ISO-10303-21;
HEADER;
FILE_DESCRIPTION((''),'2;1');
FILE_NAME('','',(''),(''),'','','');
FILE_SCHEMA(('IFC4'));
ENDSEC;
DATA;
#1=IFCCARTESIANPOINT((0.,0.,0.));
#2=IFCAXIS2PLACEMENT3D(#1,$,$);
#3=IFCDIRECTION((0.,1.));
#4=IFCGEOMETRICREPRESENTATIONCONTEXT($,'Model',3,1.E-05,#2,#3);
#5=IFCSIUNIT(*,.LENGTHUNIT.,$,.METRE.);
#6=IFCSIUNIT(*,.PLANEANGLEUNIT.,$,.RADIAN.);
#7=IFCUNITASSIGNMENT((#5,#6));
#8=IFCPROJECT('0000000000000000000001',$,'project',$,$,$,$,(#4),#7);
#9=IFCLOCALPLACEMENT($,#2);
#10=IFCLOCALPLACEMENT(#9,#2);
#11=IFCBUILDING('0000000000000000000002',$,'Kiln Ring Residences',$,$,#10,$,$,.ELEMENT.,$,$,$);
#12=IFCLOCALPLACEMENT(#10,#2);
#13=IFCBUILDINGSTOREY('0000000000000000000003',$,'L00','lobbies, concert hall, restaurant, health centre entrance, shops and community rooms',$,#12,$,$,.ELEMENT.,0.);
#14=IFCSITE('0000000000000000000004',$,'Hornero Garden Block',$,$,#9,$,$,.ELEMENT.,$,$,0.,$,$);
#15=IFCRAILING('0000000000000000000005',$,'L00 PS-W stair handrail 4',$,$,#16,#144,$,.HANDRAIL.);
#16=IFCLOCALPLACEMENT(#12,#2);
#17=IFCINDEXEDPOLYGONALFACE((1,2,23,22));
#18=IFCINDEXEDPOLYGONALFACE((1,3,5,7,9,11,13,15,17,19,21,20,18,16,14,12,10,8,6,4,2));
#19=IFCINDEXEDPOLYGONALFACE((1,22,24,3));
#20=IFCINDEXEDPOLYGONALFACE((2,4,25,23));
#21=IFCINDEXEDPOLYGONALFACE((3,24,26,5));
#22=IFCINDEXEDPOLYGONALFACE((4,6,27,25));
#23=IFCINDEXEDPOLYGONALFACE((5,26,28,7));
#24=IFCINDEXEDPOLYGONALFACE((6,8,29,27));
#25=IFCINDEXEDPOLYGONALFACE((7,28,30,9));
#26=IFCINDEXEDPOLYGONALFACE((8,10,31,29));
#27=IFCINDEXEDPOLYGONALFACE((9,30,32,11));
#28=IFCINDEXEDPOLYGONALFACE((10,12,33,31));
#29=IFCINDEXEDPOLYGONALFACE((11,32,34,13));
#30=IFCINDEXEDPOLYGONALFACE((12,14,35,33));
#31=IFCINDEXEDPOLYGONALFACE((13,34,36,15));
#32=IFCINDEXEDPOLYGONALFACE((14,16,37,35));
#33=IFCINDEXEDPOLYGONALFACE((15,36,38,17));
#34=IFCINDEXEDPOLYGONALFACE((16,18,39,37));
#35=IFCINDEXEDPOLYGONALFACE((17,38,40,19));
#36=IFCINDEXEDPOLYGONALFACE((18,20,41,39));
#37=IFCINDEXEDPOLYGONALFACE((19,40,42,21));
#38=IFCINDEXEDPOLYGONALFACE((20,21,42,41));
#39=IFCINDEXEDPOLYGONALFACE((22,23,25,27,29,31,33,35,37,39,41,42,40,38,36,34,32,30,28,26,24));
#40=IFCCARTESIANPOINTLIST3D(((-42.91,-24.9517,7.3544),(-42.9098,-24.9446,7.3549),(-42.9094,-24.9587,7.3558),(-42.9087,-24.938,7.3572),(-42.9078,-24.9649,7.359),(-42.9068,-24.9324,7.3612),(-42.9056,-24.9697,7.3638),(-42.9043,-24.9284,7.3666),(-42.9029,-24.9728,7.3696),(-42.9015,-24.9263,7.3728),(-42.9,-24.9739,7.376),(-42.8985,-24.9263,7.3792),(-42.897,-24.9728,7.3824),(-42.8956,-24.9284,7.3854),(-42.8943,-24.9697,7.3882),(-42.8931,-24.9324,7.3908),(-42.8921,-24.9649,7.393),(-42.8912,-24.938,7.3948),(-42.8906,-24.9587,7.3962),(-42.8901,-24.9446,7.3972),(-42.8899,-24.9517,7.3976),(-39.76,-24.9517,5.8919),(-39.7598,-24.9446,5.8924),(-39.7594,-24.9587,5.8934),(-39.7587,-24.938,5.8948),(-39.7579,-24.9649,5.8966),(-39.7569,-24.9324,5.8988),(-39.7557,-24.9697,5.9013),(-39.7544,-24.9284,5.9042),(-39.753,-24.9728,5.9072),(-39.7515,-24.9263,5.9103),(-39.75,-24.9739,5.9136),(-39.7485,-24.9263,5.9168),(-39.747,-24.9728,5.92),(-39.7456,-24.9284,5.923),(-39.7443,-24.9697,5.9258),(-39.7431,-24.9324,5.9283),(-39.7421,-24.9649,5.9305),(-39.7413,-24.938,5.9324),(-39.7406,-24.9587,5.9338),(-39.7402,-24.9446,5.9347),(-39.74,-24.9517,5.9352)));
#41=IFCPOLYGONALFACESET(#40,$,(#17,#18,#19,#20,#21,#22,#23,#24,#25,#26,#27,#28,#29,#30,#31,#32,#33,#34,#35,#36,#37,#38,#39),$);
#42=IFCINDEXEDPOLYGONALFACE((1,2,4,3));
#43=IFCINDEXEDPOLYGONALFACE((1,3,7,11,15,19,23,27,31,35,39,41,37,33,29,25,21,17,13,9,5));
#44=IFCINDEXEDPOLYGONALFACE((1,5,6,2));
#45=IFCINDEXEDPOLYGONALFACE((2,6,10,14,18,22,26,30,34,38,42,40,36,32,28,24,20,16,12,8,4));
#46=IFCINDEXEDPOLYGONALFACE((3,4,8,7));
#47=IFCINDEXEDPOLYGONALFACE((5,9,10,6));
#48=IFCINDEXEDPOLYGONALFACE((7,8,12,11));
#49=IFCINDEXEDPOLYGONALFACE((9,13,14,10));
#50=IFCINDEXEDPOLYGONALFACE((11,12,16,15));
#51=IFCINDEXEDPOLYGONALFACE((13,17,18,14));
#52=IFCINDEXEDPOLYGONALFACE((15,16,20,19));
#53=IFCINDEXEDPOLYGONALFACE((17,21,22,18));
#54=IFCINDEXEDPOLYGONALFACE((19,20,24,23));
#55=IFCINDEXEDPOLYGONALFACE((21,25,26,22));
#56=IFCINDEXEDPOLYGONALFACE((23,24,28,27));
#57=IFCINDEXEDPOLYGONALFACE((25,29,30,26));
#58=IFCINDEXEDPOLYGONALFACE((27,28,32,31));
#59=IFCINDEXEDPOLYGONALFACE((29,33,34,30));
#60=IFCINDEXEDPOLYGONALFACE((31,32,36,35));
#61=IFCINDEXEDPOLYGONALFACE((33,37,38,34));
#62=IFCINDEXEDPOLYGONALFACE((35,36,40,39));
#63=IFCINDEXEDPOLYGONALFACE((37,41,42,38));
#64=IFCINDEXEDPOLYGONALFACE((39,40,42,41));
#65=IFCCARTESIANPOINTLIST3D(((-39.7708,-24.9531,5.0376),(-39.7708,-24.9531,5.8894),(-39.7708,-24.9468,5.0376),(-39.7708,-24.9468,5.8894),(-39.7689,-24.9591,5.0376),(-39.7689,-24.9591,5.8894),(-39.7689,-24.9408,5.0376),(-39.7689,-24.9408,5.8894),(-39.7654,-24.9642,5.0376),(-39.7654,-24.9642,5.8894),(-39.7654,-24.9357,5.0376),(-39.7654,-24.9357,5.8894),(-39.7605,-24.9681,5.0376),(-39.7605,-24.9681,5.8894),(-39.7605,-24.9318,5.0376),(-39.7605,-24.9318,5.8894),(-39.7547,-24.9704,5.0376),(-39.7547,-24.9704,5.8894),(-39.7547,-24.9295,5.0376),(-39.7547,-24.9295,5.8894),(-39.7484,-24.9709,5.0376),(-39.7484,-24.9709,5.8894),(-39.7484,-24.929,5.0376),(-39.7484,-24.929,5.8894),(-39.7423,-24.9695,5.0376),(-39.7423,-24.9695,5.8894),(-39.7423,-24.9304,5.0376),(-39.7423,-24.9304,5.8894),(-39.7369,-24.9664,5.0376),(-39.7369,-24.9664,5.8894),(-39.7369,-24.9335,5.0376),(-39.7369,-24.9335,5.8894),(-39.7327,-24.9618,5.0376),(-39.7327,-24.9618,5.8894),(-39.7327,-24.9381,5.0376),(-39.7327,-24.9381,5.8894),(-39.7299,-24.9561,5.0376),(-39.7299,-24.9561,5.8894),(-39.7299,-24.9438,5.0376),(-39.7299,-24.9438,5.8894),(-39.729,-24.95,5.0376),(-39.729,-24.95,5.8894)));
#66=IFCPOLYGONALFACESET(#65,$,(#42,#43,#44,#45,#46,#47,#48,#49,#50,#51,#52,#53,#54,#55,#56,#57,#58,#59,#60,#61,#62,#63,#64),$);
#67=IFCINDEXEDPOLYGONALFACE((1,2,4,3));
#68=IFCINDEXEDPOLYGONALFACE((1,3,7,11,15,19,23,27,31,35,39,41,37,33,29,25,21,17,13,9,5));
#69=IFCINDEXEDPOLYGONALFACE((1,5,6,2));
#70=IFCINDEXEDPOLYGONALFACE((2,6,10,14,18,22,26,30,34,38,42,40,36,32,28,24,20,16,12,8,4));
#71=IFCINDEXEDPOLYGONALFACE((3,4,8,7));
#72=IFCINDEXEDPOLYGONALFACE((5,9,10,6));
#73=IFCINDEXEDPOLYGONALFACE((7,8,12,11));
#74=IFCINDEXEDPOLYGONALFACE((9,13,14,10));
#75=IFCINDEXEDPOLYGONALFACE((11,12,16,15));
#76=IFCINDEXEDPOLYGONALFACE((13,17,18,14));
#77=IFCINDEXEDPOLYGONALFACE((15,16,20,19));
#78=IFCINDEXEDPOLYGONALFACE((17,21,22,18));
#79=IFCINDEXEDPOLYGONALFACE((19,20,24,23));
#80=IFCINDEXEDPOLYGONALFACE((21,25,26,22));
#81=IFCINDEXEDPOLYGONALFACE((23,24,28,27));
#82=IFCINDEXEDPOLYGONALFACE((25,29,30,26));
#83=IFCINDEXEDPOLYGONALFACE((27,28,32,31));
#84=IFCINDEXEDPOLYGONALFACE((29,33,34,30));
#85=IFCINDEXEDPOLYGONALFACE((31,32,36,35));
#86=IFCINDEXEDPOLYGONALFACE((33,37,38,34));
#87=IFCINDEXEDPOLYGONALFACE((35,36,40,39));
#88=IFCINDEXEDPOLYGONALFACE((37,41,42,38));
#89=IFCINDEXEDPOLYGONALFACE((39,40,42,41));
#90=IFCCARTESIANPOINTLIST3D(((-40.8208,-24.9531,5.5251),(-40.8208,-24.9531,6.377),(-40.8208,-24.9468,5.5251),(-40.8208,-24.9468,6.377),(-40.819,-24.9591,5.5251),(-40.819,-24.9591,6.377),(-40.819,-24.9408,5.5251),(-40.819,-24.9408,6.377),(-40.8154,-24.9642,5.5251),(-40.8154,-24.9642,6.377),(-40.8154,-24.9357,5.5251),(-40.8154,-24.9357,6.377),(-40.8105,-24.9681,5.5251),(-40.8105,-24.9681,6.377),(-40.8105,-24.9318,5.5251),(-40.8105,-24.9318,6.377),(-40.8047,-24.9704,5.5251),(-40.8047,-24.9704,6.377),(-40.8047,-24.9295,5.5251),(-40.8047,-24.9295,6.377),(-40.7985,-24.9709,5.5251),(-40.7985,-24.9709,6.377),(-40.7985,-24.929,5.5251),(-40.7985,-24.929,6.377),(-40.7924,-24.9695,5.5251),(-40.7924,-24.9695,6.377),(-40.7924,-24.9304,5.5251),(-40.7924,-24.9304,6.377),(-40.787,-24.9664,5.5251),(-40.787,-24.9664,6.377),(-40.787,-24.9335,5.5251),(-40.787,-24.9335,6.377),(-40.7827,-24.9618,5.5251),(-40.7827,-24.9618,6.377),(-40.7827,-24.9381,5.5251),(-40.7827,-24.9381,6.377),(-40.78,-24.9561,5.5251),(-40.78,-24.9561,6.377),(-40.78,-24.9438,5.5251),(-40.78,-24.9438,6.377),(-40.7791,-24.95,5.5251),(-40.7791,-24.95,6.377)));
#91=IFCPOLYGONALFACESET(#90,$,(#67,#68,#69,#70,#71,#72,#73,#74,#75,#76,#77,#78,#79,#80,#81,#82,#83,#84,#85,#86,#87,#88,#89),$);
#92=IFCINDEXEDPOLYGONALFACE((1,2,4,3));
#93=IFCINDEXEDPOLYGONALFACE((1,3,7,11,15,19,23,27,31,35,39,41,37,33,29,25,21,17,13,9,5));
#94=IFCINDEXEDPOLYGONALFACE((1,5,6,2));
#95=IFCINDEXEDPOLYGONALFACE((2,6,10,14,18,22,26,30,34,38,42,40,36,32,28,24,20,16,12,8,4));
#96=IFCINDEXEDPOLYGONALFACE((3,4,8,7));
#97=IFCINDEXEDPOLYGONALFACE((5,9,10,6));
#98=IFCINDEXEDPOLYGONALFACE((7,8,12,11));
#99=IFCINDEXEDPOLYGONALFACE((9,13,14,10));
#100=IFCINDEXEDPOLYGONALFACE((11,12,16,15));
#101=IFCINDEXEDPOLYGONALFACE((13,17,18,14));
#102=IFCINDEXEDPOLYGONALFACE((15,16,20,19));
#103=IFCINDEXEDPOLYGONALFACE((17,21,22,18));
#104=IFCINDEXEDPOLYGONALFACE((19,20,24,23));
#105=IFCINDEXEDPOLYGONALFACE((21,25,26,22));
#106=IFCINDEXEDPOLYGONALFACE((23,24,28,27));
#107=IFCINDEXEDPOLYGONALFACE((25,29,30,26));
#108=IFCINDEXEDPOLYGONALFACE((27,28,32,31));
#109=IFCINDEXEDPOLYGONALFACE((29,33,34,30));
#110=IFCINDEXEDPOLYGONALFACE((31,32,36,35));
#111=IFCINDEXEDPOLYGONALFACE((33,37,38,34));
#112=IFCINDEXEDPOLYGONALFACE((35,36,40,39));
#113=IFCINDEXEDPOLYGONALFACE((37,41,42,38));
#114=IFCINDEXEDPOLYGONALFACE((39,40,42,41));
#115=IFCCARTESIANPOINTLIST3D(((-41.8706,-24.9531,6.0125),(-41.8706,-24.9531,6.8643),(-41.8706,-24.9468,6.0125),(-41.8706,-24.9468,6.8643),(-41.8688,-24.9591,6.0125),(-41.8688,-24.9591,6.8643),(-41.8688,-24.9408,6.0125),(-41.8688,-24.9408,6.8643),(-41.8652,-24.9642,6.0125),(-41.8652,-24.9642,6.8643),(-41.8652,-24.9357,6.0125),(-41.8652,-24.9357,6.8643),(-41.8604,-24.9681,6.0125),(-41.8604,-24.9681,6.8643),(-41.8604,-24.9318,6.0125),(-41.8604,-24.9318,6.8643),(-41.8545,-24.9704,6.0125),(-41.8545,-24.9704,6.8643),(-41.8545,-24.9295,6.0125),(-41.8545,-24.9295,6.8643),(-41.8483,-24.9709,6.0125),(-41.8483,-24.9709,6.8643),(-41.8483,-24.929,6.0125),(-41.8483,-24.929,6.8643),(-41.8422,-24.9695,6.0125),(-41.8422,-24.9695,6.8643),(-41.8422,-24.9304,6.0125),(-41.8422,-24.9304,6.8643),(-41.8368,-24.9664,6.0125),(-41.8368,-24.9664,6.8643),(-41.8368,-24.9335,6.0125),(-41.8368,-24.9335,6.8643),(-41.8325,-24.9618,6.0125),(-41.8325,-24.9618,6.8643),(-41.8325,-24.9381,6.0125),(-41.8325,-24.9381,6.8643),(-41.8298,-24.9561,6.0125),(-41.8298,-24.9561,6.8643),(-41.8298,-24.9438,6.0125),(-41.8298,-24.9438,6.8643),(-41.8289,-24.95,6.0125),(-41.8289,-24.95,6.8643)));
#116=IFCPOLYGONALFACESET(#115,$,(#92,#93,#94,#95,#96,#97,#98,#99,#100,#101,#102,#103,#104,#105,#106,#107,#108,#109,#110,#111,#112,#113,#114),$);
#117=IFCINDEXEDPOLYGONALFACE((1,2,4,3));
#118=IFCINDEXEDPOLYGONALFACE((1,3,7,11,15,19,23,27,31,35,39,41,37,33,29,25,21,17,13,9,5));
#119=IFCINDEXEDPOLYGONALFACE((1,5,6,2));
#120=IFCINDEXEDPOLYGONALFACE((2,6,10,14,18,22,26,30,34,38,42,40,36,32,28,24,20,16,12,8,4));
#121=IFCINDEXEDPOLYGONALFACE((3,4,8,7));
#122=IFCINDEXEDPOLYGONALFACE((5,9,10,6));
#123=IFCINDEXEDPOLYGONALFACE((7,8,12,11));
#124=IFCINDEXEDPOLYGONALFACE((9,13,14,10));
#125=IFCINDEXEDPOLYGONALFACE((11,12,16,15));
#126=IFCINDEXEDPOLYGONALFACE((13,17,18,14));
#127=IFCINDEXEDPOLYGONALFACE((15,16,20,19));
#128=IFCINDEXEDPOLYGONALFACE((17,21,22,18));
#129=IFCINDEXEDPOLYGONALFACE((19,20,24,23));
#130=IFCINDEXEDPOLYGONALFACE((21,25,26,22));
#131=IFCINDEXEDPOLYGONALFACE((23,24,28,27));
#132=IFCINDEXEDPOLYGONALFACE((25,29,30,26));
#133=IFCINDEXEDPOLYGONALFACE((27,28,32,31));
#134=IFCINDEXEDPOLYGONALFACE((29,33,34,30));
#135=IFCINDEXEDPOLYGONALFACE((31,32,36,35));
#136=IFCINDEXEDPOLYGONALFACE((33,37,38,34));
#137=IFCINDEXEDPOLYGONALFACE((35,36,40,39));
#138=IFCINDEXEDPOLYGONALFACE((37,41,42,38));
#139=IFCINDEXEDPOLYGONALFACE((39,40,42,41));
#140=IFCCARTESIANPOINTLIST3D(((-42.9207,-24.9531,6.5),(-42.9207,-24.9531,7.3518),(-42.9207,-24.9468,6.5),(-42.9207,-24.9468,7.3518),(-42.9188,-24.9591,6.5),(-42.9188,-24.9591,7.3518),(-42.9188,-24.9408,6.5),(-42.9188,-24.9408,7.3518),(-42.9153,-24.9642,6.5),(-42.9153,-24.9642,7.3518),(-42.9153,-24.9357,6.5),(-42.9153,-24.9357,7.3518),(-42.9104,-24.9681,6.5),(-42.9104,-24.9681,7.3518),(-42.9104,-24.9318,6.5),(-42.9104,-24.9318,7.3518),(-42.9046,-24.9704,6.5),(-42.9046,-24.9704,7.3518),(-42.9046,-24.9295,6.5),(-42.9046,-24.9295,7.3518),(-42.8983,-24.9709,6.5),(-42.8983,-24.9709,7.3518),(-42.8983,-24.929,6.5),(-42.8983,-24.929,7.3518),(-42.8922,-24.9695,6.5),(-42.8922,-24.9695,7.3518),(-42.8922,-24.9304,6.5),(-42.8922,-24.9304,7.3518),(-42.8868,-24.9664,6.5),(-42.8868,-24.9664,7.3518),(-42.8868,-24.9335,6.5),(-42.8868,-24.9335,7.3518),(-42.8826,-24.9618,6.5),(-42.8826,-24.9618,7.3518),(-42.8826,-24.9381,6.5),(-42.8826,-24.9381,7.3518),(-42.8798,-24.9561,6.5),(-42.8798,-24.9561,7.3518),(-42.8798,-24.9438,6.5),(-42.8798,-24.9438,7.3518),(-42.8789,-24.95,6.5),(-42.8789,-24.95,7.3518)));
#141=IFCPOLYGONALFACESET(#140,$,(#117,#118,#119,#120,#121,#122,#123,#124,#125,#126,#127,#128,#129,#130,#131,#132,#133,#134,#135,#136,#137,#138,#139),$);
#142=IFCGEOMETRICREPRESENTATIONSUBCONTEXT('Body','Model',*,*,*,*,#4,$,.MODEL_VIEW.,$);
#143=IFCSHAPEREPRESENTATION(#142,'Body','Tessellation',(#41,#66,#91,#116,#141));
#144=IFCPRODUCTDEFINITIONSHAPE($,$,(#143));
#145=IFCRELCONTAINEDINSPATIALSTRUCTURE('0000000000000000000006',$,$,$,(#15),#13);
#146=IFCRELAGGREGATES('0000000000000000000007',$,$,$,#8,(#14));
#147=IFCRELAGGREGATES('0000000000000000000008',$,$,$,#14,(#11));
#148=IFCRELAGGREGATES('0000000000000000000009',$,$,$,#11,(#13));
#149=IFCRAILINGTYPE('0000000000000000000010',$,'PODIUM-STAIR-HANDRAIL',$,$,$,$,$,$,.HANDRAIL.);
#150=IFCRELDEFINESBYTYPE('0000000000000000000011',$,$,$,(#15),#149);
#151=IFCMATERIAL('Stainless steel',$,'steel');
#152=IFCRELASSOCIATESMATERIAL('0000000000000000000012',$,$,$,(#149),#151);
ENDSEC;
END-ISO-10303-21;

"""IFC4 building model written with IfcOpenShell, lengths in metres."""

from ifc_helpers import new_model, si_unit, direction, frame, origin, origin_2d, place, context, subcontext, project, spatial, circle, extrude, material, type_object, element, save


model = new_model("IFC4")

# Units and contexts
model_context = context("Model", 3, precision=1e-05, world=origin(), true_north=direction((0.0, 1.0)))
body_context = subcontext(model_context, "Body", "Model", "MODEL_VIEW")
ifc_project = project(units=[si_unit("LENGTHUNIT", "METRE"), si_unit("PLANEANGLEUNIT", "RADIAN")], contexts=[model_context])

# Site, building, storey
site_placement = place(None, origin())
site = spatial("IfcSite", under=ifc_project, at=site_placement, Name="Hornero Garden Block", CompositionType="ELEMENT", RefElevation=0.0)
building_placement = place(site_placement, origin())
building = spatial("IfcBuilding", under=site, at=building_placement, Name="Kiln Ring Residences", CompositionType="ELEMENT")
storey_placement = place(building_placement, origin())
storey = spatial("IfcBuildingStorey", under=building, at=storey_placement, Name="L00", Description="lobbies, concert hall, restaurant, health centre entrance, shops and community rooms", CompositionType="ELEMENT", Elevation=0.0)

# Railing
ifc_material_1 = material(Name="Stainless steel", Category="steel")
railing_type_1 = type_object("IfcRailingType", Name="PODIUM-STAIR-HANDRAIL", PredefinedType="HANDRAIL", material=ifc_material_1)
for number, where, name in (
    (1, (-39.75, -24.95, 5.0376), "L00 PS-W stair handrail 4"),
):
    element("IfcRailing", number, at=place(storey_placement, frame(where)), inside=storey, type_object=railing_type_1, Name=name, PredefinedType="HANDRAIL", context=body_context, shape_type="SweptSolid", body=[
        extrude(circle(Radius=0.0239, at=origin_2d()), frame((0.0, 0.0, 0.876), z_axis=(-0.907015, 0.0, 0.421099), x_axis=(0.0, -1.0, 0.0)), (0.0, 0.0, 1.0), 3.4729),
        extrude(circle(Radius=0.021, at=origin_2d()), origin(), (0.0, 0.0, 1.0), 0.8518),
        extrude(circle(Radius=0.021, at=origin_2d()), frame((-1.05, 0.0, 0.4875)), (0.0, 0.0, 1.0), 0.8518),
        extrude(circle(Radius=0.021, at=origin_2d()), frame((-2.0999, 0.0, 0.9749)), (0.0, 0.0, 1.0), 0.8518),
        extrude(circle(Radius=0.021, at=origin_2d()), frame((-3.1499, 0.0, 1.4624)), (0.0, 0.0, 1.0), 0.8518),
    ])

save(model, "model.ifc")
